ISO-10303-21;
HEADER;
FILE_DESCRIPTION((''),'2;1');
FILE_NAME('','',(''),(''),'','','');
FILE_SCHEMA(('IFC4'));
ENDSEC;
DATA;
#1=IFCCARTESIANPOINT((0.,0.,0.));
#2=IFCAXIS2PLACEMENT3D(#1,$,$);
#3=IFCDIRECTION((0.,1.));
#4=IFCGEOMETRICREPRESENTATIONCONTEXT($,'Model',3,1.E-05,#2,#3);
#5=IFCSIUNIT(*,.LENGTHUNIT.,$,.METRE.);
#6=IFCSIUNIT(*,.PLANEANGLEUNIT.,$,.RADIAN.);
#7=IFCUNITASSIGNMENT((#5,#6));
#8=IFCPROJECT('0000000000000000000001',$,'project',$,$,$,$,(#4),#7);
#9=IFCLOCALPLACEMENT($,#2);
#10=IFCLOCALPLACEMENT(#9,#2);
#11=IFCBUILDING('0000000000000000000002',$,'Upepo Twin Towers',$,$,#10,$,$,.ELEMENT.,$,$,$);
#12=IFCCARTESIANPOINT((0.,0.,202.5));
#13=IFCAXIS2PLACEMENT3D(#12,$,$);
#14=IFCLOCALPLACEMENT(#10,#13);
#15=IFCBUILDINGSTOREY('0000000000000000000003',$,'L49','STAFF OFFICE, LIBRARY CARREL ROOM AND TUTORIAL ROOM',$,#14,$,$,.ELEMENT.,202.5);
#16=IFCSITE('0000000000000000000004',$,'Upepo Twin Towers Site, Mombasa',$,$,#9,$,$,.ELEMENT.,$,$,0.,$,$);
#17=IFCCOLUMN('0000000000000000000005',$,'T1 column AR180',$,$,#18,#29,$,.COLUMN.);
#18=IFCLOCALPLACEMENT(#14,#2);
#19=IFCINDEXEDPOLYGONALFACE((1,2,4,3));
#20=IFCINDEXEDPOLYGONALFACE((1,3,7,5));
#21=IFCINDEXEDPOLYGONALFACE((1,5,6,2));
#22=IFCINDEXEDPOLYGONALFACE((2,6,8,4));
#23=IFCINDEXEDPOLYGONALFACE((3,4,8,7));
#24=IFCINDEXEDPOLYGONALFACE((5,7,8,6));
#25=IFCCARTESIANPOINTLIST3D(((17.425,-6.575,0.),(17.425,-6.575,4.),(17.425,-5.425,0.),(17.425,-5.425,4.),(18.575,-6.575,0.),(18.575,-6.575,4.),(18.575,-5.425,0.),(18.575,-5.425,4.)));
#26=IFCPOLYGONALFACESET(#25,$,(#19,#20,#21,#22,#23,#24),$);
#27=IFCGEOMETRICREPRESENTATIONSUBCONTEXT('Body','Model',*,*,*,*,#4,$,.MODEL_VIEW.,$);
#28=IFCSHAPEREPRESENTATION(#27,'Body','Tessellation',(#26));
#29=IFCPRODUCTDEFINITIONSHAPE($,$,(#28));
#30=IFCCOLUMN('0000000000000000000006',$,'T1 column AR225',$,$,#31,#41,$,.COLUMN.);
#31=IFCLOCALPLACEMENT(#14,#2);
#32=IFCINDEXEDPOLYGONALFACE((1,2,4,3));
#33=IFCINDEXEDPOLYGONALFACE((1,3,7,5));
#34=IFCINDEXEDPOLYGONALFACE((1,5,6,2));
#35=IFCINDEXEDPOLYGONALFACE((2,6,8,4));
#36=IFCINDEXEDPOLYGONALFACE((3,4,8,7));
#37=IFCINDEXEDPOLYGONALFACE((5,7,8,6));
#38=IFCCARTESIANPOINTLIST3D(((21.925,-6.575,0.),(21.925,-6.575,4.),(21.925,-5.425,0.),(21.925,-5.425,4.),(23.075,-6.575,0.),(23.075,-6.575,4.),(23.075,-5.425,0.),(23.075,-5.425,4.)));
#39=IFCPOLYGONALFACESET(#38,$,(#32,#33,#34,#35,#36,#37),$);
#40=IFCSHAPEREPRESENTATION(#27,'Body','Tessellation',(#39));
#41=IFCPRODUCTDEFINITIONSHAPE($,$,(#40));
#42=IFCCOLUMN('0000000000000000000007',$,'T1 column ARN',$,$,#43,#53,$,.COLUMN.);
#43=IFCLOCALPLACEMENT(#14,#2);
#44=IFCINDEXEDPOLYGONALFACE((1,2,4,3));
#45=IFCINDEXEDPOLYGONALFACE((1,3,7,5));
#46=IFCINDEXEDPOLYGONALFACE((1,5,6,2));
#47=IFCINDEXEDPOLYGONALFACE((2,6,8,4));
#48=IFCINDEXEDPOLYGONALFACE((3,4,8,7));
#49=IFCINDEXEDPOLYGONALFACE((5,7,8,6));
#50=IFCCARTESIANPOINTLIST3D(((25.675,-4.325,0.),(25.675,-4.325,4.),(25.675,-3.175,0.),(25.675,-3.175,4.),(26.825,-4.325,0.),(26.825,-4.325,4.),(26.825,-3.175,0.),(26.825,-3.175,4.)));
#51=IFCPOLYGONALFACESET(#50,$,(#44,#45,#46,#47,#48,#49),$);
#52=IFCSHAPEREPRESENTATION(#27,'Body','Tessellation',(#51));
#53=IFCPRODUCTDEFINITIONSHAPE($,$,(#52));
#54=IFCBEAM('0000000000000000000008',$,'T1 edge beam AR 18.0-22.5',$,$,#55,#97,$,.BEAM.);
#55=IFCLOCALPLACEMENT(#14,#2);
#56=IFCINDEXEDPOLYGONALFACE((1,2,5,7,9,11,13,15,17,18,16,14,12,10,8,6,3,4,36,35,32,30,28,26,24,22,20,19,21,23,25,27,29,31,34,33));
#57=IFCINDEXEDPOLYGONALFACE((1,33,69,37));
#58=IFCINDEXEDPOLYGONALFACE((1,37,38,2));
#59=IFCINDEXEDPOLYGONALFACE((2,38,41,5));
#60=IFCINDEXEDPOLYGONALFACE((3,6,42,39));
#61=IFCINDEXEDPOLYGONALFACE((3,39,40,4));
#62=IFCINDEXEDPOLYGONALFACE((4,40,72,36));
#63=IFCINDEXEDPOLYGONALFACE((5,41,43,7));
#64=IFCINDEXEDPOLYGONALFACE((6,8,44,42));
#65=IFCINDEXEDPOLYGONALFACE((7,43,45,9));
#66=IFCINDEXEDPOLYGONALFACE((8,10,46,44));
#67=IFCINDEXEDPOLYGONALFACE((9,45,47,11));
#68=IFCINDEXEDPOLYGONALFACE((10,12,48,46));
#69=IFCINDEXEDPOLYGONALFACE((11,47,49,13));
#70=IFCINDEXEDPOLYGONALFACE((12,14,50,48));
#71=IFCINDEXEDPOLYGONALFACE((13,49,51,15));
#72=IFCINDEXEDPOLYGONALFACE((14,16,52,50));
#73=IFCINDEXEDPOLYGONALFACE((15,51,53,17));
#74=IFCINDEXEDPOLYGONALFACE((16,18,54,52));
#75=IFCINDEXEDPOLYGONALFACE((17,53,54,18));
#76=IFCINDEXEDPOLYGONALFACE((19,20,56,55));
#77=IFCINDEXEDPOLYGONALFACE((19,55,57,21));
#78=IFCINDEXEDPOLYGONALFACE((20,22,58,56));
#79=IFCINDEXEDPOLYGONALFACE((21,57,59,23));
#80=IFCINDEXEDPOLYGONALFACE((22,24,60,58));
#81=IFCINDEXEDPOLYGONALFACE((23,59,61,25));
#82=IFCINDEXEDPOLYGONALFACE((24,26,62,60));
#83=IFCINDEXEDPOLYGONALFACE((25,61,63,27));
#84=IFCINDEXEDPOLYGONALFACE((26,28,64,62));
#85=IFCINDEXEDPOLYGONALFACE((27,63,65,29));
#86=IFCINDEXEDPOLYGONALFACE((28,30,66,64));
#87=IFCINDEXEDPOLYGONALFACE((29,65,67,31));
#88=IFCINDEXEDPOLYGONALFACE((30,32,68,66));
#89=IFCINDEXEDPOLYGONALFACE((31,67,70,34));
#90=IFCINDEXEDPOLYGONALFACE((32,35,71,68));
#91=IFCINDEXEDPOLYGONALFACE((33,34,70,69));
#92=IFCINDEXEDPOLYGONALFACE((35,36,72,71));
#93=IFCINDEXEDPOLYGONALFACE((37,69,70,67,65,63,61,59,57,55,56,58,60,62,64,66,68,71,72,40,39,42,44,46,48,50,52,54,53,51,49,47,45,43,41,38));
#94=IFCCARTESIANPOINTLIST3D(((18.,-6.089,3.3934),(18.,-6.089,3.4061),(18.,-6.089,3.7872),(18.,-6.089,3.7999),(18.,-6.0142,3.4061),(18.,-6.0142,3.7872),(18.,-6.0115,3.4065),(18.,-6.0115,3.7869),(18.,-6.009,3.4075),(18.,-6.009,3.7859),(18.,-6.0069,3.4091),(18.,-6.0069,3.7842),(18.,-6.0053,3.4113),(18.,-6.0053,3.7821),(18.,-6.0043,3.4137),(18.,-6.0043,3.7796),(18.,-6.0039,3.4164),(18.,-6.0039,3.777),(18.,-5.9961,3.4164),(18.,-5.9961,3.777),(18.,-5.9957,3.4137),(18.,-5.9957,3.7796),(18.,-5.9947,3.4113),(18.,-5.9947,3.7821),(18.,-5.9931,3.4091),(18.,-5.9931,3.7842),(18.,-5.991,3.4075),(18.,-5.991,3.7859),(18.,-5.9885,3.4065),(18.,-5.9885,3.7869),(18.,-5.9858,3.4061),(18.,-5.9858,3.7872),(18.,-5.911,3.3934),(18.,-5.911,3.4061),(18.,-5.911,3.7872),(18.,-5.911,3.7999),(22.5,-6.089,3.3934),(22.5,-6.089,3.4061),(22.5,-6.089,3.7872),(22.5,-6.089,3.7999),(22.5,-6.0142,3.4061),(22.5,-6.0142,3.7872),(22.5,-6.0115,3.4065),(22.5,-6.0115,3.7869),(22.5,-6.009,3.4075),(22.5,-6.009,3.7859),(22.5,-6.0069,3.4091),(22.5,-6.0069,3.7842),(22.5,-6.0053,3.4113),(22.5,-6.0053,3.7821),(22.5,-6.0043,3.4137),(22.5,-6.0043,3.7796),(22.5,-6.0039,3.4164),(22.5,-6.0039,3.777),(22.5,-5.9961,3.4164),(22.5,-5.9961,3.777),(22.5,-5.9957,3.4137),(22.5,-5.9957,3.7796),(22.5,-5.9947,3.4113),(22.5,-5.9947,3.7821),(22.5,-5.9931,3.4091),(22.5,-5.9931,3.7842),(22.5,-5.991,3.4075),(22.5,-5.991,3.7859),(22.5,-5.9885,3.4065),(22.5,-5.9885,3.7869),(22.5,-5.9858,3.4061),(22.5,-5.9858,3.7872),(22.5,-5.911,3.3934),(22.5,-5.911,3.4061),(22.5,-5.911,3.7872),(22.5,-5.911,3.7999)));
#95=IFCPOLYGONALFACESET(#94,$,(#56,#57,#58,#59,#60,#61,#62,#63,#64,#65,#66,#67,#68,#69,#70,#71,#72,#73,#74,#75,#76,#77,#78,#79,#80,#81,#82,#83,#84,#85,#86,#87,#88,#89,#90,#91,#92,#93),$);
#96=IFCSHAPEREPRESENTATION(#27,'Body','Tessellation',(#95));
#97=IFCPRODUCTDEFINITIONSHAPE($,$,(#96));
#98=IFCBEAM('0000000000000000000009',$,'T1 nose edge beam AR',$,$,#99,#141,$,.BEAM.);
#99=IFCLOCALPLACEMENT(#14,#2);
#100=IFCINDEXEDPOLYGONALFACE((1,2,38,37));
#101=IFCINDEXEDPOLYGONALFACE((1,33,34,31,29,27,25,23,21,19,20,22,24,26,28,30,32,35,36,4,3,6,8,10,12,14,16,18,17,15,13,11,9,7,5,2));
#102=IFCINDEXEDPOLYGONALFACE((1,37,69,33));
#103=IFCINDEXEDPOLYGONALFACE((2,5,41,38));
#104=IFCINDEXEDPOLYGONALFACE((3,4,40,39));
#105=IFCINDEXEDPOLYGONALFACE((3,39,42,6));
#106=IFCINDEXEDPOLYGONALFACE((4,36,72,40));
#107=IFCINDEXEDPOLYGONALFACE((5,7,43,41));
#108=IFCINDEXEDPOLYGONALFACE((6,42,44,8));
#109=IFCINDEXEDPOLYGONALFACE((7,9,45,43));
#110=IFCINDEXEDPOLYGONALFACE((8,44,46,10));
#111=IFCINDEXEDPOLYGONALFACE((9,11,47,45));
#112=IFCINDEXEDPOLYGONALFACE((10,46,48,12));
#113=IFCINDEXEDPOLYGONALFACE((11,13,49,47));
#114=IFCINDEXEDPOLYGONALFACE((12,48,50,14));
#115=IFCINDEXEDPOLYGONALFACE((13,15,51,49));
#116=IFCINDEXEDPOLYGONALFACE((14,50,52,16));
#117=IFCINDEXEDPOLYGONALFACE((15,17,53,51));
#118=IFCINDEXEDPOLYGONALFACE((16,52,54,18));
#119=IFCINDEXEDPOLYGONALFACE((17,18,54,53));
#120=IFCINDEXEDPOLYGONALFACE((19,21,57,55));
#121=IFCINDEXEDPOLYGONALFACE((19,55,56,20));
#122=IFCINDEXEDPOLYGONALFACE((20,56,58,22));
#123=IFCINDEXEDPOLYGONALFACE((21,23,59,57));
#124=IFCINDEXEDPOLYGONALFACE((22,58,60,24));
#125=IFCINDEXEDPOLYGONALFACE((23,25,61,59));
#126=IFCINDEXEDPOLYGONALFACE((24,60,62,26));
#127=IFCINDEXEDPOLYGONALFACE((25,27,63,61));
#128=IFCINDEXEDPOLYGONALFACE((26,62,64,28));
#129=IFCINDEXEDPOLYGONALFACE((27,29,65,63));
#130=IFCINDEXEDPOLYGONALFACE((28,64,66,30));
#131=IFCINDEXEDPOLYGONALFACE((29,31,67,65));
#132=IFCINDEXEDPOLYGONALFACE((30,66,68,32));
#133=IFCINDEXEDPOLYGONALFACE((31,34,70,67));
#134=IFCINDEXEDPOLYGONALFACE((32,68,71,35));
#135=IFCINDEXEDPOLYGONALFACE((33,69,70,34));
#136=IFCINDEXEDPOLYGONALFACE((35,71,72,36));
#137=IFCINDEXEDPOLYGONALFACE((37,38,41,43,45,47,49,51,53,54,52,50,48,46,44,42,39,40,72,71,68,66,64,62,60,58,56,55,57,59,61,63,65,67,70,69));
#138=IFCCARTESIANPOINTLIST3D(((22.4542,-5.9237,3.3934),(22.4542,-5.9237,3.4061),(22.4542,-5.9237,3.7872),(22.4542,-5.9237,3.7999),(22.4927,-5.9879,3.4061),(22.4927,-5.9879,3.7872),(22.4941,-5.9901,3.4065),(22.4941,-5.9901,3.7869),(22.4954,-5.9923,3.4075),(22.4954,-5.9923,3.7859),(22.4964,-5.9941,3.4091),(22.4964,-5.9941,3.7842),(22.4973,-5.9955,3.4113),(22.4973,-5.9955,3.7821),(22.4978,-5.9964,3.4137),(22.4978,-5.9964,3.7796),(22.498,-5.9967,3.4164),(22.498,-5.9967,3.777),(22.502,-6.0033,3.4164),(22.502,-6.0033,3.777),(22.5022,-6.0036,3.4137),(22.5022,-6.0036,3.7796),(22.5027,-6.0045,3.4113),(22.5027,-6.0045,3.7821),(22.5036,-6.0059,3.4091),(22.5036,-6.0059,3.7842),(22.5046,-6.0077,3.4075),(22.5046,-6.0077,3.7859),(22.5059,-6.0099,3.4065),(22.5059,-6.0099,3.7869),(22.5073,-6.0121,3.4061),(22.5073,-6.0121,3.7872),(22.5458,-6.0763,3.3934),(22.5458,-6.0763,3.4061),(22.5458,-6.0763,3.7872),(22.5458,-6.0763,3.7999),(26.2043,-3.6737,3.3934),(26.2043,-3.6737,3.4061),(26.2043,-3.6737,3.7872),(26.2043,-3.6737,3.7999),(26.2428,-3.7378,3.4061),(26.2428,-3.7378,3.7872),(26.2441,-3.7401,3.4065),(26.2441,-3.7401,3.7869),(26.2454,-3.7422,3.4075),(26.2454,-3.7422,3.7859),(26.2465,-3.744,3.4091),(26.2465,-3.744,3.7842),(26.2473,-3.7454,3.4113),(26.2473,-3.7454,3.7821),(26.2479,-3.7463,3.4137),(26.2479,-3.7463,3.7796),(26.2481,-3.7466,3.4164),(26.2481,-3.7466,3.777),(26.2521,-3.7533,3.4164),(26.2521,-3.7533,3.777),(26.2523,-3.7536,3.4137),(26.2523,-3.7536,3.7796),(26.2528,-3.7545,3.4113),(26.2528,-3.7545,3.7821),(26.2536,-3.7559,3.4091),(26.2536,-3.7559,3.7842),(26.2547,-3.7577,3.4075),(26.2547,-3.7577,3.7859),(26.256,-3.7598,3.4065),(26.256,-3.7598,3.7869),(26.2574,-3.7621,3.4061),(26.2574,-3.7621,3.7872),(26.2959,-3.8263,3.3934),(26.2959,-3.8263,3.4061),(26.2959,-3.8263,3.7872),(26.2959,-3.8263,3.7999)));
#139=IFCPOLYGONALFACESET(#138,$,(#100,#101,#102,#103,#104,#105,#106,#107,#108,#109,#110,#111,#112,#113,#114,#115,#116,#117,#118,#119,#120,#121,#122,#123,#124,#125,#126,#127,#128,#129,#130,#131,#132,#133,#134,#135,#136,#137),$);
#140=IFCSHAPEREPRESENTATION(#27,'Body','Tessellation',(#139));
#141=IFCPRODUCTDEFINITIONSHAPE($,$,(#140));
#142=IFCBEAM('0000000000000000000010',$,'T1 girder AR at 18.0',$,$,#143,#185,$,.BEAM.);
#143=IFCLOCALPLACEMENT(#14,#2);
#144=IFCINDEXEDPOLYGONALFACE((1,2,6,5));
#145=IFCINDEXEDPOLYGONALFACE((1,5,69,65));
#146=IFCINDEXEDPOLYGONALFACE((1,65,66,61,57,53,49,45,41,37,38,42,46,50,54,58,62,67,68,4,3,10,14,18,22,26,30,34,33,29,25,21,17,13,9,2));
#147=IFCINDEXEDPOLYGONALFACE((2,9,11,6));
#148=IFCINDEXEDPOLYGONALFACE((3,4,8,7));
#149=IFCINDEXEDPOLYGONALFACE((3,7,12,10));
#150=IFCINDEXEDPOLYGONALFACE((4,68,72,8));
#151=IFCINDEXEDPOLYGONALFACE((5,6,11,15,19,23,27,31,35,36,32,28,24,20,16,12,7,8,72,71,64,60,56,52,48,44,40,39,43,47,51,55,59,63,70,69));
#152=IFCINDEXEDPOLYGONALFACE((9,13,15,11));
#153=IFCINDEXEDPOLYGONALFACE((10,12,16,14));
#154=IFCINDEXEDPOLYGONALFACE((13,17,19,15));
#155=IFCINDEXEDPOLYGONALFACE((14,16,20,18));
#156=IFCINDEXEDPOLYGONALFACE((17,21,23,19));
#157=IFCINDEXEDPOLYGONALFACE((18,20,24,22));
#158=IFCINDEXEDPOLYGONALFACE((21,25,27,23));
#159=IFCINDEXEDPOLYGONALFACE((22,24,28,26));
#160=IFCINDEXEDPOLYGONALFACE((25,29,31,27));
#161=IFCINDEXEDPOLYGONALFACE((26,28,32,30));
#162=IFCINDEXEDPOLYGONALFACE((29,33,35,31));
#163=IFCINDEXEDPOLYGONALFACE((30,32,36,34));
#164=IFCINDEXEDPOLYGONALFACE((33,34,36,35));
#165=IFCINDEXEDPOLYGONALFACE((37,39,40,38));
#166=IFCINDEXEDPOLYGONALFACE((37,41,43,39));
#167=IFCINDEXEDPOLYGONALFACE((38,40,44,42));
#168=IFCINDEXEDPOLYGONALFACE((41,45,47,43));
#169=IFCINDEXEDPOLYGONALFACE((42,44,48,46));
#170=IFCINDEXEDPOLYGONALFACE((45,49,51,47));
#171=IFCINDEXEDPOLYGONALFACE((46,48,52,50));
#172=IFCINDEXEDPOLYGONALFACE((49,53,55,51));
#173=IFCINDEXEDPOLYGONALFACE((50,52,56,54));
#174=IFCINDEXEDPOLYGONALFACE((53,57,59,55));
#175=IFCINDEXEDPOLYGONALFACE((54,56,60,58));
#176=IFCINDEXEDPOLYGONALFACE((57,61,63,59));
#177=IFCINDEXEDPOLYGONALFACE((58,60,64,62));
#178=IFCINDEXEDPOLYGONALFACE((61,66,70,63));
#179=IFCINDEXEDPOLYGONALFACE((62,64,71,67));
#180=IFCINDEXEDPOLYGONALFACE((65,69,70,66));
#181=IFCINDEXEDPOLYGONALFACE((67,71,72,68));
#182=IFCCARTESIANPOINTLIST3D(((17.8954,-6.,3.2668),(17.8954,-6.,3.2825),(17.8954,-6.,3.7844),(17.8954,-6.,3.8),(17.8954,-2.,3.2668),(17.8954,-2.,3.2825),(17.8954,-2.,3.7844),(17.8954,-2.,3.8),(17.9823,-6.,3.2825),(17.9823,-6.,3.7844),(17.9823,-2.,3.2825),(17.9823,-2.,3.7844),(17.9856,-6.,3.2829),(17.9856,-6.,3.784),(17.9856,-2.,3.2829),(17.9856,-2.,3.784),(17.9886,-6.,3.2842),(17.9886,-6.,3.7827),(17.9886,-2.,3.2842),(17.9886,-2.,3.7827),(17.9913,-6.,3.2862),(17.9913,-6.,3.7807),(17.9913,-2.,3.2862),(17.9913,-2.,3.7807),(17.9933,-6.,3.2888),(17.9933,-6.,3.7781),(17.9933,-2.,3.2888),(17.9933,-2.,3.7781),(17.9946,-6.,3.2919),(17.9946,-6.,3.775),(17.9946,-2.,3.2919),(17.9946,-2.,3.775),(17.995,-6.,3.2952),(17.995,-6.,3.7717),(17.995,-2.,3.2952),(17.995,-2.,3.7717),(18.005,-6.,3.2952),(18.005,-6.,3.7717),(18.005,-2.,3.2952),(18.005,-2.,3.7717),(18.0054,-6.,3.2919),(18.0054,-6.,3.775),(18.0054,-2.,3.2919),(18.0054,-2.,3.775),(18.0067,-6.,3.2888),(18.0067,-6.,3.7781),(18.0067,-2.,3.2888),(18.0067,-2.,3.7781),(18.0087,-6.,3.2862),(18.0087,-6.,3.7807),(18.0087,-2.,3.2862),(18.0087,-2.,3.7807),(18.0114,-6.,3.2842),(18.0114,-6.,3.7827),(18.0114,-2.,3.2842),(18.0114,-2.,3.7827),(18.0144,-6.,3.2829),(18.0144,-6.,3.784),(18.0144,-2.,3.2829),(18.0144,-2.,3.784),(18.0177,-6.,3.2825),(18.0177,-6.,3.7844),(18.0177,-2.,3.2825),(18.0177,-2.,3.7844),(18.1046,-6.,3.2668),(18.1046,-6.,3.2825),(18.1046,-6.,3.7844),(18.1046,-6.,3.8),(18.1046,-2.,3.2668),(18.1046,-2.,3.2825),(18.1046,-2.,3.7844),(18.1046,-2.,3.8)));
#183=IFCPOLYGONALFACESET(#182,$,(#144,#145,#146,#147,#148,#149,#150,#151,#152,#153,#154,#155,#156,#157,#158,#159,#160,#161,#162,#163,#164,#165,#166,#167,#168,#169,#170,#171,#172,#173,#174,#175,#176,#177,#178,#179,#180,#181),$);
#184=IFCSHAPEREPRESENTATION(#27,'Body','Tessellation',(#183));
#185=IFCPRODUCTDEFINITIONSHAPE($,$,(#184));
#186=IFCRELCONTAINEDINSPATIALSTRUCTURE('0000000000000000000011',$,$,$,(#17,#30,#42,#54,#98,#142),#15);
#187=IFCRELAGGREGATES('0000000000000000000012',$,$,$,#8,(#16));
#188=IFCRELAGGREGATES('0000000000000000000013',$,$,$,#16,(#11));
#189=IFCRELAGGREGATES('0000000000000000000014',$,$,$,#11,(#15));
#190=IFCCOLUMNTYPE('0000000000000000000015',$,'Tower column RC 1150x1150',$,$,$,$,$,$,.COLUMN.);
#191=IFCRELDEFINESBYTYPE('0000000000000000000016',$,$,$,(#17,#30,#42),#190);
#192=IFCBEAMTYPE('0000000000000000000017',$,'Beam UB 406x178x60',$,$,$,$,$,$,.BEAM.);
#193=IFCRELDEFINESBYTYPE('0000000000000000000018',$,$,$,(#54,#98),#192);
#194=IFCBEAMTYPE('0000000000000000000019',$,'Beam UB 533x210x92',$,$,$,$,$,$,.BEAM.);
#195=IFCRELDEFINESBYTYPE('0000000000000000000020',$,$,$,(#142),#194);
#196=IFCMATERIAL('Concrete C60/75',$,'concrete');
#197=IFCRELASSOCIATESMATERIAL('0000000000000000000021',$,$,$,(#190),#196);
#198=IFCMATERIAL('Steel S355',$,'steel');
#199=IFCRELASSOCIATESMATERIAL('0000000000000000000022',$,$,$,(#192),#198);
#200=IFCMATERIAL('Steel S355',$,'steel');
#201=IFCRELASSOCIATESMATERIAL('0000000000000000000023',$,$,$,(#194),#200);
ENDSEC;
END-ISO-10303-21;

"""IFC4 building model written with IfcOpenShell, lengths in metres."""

from ifc_helpers import new_model, si_unit, direction, frame, origin, origin_2d, place, context, subcontext, project, spatial, rectangle, i_section, extrude, material, material_profile, profile_set, type_object, element, save


model = new_model("IFC4")

# Units and contexts
model_context = context("Model", 3, precision=1e-05, world=origin(), true_north=direction((0.0, 1.0)))
body_context = subcontext(model_context, "Body", "Model", "MODEL_VIEW")
ifc_project = project(units=[si_unit("LENGTHUNIT", "METRE"), si_unit("PLANEANGLEUNIT", "RADIAN")], contexts=[model_context])

# Site, building, storey
site_placement = place(None, origin())
site = spatial("IfcSite", under=ifc_project, at=site_placement, Name="Upepo Twin Towers Site, Mombasa", CompositionType="ELEMENT", RefElevation=0.0)
building_placement = place(site_placement, origin())
building = spatial("IfcBuilding", under=site, at=building_placement, Name="Upepo Twin Towers", CompositionType="ELEMENT")
storey_placement = place(building_placement, frame((0.0, 0.0, 202.5)))
storey = spatial("IfcBuildingStorey", under=building, at=storey_placement, Name="L49", Description="STAFF OFFICE, LIBRARY CARREL ROOM AND TUTORIAL ROOM", CompositionType="ELEMENT", Elevation=202.5)

# Columns
ifc_material_1 = material(Name="Concrete C60/75", Category="concrete")
ifc_material_profile_1 = material_profile(ifc_material_1, rectangle(XDim=1.1499, YDim=1.1499, at=origin_2d()), Name="RC 1150x1150")
ifc_profile_set_1 = profile_set([ifc_material_profile_1], Name="Concrete C60/75")
column_type = type_object("IfcColumnType", Name="Tower column RC 1150x1150", PredefinedType="COLUMN", material=ifc_profile_set_1)
for number, where, z_axis, x_axis, name in (
    (1, (18.0, -6.0, 0.0), (0.0, 0.0, 1.0), (1.0, 0.0, 0.0), "T1 column AR180"),
    (2, (22.5, -6.0, 0.0), (0.0, 0.0, 1.0), (1.0, 0.0, 0.0), "T1 column AR225"),
    (3, (26.25, -3.75, 0.0), (0.0, 0.0, 1.0), (1.0, 0.0, 0.0), "T1 column ARN"),
):
    element("IfcColumn", number, at=place(storey_placement, frame(where, z_axis=z_axis, x_axis=x_axis)), inside=storey, type_object=column_type, Name=name, PredefinedType="COLUMN", context=body_context, shape_type="SweptSolid", body=[
        extrude(rectangle(XDim=1.1499, YDim=1.1499, at=origin_2d()), origin(), (0.0, 0.0, 1.0), 4.0),
    ])

# Beams
ifc_material_2 = material(Name="Steel S355", Category="steel")
ifc_material_profile_2 = material_profile(ifc_material_2, i_section(OverallWidth=0.178, OverallDepth=0.4065, WebThickness=0.0078, FlangeThickness=0.0127, FilletRadius=0.0103, at=origin_2d()), Name="UB 406x178x60")
ifc_profile_set_2 = profile_set([ifc_material_profile_2], Name="Steel S355")
beam_type_1 = type_object("IfcBeamType", Name="Beam UB 406x178x60", PredefinedType="BEAM", material=ifc_profile_set_2)
beam_1_placement = place(storey_placement, frame((18.0, -6.0, 3.5967), z_axis=(1.0, 0.0, 0.0), x_axis=(0.0, 1.0, 0.0)))
element("IfcBeam", 4, at=beam_1_placement, inside=storey, type_object=beam_type_1, Name="T1 edge beam AR 18.0-22.5", PredefinedType="BEAM", context=body_context, shape_type="SweptSolid", body=[
    extrude(i_section(OverallWidth=0.178, OverallDepth=0.4065, WebThickness=0.0078, FlangeThickness=0.0127, FilletRadius=0.0103, at=origin_2d()), origin(), (0.0, 0.0, 1.0), 4.5),
])
beam_2_placement = place(storey_placement, frame((22.5, -6.0, 3.5967), z_axis=(0.857493, 0.514496, 0.0), x_axis=(-0.514496, 0.857493, 0.0)))
element("IfcBeam", 5, at=beam_2_placement, inside=storey, type_object=beam_type_1, Name="T1 nose edge beam AR", PredefinedType="BEAM", context=body_context, shape_type="SweptSolid", body=[
    extrude(i_section(OverallWidth=0.178, OverallDepth=0.4065, WebThickness=0.0078, FlangeThickness=0.0127, FilletRadius=0.0103, at=origin_2d()), origin(), (0.0, 0.0, 1.0), 4.3733),
])
ifc_material_3 = material(Name="Steel S355", Category="steel")
ifc_material_profile_3 = material_profile(ifc_material_3, i_section(OverallWidth=0.2092, OverallDepth=0.5332, WebThickness=0.01, FlangeThickness=0.0156, FilletRadius=0.0127, at=origin_2d()), Name="UB 533x210x92")
ifc_profile_set_3 = profile_set([ifc_material_profile_3], Name="Steel S355")
beam_type_2 = type_object("IfcBeamType", Name="Beam UB 533x210x92", PredefinedType="BEAM", material=ifc_profile_set_3)
for number, where, z_axis, x_axis, name in (
    (6, (18.0, -6.0, 3.5334), (0.0, 1.0, 0.0), (-1.0, 0.0, 0.0), "T1 girder AR at 18.0"),
):
    element("IfcBeam", number, at=place(storey_placement, frame(where, z_axis=z_axis, x_axis=x_axis)), inside=storey, type_object=beam_type_2, Name=name, PredefinedType="BEAM", context=body_context, shape_type="SweptSolid", body=[
        extrude(i_section(OverallWidth=0.2092, OverallDepth=0.5332, WebThickness=0.01, FlangeThickness=0.0156, FilletRadius=0.0127, at=origin_2d()), origin(), (0.0, 0.0, 1.0), 4.0),
    ])

save(model, "model.ifc")
